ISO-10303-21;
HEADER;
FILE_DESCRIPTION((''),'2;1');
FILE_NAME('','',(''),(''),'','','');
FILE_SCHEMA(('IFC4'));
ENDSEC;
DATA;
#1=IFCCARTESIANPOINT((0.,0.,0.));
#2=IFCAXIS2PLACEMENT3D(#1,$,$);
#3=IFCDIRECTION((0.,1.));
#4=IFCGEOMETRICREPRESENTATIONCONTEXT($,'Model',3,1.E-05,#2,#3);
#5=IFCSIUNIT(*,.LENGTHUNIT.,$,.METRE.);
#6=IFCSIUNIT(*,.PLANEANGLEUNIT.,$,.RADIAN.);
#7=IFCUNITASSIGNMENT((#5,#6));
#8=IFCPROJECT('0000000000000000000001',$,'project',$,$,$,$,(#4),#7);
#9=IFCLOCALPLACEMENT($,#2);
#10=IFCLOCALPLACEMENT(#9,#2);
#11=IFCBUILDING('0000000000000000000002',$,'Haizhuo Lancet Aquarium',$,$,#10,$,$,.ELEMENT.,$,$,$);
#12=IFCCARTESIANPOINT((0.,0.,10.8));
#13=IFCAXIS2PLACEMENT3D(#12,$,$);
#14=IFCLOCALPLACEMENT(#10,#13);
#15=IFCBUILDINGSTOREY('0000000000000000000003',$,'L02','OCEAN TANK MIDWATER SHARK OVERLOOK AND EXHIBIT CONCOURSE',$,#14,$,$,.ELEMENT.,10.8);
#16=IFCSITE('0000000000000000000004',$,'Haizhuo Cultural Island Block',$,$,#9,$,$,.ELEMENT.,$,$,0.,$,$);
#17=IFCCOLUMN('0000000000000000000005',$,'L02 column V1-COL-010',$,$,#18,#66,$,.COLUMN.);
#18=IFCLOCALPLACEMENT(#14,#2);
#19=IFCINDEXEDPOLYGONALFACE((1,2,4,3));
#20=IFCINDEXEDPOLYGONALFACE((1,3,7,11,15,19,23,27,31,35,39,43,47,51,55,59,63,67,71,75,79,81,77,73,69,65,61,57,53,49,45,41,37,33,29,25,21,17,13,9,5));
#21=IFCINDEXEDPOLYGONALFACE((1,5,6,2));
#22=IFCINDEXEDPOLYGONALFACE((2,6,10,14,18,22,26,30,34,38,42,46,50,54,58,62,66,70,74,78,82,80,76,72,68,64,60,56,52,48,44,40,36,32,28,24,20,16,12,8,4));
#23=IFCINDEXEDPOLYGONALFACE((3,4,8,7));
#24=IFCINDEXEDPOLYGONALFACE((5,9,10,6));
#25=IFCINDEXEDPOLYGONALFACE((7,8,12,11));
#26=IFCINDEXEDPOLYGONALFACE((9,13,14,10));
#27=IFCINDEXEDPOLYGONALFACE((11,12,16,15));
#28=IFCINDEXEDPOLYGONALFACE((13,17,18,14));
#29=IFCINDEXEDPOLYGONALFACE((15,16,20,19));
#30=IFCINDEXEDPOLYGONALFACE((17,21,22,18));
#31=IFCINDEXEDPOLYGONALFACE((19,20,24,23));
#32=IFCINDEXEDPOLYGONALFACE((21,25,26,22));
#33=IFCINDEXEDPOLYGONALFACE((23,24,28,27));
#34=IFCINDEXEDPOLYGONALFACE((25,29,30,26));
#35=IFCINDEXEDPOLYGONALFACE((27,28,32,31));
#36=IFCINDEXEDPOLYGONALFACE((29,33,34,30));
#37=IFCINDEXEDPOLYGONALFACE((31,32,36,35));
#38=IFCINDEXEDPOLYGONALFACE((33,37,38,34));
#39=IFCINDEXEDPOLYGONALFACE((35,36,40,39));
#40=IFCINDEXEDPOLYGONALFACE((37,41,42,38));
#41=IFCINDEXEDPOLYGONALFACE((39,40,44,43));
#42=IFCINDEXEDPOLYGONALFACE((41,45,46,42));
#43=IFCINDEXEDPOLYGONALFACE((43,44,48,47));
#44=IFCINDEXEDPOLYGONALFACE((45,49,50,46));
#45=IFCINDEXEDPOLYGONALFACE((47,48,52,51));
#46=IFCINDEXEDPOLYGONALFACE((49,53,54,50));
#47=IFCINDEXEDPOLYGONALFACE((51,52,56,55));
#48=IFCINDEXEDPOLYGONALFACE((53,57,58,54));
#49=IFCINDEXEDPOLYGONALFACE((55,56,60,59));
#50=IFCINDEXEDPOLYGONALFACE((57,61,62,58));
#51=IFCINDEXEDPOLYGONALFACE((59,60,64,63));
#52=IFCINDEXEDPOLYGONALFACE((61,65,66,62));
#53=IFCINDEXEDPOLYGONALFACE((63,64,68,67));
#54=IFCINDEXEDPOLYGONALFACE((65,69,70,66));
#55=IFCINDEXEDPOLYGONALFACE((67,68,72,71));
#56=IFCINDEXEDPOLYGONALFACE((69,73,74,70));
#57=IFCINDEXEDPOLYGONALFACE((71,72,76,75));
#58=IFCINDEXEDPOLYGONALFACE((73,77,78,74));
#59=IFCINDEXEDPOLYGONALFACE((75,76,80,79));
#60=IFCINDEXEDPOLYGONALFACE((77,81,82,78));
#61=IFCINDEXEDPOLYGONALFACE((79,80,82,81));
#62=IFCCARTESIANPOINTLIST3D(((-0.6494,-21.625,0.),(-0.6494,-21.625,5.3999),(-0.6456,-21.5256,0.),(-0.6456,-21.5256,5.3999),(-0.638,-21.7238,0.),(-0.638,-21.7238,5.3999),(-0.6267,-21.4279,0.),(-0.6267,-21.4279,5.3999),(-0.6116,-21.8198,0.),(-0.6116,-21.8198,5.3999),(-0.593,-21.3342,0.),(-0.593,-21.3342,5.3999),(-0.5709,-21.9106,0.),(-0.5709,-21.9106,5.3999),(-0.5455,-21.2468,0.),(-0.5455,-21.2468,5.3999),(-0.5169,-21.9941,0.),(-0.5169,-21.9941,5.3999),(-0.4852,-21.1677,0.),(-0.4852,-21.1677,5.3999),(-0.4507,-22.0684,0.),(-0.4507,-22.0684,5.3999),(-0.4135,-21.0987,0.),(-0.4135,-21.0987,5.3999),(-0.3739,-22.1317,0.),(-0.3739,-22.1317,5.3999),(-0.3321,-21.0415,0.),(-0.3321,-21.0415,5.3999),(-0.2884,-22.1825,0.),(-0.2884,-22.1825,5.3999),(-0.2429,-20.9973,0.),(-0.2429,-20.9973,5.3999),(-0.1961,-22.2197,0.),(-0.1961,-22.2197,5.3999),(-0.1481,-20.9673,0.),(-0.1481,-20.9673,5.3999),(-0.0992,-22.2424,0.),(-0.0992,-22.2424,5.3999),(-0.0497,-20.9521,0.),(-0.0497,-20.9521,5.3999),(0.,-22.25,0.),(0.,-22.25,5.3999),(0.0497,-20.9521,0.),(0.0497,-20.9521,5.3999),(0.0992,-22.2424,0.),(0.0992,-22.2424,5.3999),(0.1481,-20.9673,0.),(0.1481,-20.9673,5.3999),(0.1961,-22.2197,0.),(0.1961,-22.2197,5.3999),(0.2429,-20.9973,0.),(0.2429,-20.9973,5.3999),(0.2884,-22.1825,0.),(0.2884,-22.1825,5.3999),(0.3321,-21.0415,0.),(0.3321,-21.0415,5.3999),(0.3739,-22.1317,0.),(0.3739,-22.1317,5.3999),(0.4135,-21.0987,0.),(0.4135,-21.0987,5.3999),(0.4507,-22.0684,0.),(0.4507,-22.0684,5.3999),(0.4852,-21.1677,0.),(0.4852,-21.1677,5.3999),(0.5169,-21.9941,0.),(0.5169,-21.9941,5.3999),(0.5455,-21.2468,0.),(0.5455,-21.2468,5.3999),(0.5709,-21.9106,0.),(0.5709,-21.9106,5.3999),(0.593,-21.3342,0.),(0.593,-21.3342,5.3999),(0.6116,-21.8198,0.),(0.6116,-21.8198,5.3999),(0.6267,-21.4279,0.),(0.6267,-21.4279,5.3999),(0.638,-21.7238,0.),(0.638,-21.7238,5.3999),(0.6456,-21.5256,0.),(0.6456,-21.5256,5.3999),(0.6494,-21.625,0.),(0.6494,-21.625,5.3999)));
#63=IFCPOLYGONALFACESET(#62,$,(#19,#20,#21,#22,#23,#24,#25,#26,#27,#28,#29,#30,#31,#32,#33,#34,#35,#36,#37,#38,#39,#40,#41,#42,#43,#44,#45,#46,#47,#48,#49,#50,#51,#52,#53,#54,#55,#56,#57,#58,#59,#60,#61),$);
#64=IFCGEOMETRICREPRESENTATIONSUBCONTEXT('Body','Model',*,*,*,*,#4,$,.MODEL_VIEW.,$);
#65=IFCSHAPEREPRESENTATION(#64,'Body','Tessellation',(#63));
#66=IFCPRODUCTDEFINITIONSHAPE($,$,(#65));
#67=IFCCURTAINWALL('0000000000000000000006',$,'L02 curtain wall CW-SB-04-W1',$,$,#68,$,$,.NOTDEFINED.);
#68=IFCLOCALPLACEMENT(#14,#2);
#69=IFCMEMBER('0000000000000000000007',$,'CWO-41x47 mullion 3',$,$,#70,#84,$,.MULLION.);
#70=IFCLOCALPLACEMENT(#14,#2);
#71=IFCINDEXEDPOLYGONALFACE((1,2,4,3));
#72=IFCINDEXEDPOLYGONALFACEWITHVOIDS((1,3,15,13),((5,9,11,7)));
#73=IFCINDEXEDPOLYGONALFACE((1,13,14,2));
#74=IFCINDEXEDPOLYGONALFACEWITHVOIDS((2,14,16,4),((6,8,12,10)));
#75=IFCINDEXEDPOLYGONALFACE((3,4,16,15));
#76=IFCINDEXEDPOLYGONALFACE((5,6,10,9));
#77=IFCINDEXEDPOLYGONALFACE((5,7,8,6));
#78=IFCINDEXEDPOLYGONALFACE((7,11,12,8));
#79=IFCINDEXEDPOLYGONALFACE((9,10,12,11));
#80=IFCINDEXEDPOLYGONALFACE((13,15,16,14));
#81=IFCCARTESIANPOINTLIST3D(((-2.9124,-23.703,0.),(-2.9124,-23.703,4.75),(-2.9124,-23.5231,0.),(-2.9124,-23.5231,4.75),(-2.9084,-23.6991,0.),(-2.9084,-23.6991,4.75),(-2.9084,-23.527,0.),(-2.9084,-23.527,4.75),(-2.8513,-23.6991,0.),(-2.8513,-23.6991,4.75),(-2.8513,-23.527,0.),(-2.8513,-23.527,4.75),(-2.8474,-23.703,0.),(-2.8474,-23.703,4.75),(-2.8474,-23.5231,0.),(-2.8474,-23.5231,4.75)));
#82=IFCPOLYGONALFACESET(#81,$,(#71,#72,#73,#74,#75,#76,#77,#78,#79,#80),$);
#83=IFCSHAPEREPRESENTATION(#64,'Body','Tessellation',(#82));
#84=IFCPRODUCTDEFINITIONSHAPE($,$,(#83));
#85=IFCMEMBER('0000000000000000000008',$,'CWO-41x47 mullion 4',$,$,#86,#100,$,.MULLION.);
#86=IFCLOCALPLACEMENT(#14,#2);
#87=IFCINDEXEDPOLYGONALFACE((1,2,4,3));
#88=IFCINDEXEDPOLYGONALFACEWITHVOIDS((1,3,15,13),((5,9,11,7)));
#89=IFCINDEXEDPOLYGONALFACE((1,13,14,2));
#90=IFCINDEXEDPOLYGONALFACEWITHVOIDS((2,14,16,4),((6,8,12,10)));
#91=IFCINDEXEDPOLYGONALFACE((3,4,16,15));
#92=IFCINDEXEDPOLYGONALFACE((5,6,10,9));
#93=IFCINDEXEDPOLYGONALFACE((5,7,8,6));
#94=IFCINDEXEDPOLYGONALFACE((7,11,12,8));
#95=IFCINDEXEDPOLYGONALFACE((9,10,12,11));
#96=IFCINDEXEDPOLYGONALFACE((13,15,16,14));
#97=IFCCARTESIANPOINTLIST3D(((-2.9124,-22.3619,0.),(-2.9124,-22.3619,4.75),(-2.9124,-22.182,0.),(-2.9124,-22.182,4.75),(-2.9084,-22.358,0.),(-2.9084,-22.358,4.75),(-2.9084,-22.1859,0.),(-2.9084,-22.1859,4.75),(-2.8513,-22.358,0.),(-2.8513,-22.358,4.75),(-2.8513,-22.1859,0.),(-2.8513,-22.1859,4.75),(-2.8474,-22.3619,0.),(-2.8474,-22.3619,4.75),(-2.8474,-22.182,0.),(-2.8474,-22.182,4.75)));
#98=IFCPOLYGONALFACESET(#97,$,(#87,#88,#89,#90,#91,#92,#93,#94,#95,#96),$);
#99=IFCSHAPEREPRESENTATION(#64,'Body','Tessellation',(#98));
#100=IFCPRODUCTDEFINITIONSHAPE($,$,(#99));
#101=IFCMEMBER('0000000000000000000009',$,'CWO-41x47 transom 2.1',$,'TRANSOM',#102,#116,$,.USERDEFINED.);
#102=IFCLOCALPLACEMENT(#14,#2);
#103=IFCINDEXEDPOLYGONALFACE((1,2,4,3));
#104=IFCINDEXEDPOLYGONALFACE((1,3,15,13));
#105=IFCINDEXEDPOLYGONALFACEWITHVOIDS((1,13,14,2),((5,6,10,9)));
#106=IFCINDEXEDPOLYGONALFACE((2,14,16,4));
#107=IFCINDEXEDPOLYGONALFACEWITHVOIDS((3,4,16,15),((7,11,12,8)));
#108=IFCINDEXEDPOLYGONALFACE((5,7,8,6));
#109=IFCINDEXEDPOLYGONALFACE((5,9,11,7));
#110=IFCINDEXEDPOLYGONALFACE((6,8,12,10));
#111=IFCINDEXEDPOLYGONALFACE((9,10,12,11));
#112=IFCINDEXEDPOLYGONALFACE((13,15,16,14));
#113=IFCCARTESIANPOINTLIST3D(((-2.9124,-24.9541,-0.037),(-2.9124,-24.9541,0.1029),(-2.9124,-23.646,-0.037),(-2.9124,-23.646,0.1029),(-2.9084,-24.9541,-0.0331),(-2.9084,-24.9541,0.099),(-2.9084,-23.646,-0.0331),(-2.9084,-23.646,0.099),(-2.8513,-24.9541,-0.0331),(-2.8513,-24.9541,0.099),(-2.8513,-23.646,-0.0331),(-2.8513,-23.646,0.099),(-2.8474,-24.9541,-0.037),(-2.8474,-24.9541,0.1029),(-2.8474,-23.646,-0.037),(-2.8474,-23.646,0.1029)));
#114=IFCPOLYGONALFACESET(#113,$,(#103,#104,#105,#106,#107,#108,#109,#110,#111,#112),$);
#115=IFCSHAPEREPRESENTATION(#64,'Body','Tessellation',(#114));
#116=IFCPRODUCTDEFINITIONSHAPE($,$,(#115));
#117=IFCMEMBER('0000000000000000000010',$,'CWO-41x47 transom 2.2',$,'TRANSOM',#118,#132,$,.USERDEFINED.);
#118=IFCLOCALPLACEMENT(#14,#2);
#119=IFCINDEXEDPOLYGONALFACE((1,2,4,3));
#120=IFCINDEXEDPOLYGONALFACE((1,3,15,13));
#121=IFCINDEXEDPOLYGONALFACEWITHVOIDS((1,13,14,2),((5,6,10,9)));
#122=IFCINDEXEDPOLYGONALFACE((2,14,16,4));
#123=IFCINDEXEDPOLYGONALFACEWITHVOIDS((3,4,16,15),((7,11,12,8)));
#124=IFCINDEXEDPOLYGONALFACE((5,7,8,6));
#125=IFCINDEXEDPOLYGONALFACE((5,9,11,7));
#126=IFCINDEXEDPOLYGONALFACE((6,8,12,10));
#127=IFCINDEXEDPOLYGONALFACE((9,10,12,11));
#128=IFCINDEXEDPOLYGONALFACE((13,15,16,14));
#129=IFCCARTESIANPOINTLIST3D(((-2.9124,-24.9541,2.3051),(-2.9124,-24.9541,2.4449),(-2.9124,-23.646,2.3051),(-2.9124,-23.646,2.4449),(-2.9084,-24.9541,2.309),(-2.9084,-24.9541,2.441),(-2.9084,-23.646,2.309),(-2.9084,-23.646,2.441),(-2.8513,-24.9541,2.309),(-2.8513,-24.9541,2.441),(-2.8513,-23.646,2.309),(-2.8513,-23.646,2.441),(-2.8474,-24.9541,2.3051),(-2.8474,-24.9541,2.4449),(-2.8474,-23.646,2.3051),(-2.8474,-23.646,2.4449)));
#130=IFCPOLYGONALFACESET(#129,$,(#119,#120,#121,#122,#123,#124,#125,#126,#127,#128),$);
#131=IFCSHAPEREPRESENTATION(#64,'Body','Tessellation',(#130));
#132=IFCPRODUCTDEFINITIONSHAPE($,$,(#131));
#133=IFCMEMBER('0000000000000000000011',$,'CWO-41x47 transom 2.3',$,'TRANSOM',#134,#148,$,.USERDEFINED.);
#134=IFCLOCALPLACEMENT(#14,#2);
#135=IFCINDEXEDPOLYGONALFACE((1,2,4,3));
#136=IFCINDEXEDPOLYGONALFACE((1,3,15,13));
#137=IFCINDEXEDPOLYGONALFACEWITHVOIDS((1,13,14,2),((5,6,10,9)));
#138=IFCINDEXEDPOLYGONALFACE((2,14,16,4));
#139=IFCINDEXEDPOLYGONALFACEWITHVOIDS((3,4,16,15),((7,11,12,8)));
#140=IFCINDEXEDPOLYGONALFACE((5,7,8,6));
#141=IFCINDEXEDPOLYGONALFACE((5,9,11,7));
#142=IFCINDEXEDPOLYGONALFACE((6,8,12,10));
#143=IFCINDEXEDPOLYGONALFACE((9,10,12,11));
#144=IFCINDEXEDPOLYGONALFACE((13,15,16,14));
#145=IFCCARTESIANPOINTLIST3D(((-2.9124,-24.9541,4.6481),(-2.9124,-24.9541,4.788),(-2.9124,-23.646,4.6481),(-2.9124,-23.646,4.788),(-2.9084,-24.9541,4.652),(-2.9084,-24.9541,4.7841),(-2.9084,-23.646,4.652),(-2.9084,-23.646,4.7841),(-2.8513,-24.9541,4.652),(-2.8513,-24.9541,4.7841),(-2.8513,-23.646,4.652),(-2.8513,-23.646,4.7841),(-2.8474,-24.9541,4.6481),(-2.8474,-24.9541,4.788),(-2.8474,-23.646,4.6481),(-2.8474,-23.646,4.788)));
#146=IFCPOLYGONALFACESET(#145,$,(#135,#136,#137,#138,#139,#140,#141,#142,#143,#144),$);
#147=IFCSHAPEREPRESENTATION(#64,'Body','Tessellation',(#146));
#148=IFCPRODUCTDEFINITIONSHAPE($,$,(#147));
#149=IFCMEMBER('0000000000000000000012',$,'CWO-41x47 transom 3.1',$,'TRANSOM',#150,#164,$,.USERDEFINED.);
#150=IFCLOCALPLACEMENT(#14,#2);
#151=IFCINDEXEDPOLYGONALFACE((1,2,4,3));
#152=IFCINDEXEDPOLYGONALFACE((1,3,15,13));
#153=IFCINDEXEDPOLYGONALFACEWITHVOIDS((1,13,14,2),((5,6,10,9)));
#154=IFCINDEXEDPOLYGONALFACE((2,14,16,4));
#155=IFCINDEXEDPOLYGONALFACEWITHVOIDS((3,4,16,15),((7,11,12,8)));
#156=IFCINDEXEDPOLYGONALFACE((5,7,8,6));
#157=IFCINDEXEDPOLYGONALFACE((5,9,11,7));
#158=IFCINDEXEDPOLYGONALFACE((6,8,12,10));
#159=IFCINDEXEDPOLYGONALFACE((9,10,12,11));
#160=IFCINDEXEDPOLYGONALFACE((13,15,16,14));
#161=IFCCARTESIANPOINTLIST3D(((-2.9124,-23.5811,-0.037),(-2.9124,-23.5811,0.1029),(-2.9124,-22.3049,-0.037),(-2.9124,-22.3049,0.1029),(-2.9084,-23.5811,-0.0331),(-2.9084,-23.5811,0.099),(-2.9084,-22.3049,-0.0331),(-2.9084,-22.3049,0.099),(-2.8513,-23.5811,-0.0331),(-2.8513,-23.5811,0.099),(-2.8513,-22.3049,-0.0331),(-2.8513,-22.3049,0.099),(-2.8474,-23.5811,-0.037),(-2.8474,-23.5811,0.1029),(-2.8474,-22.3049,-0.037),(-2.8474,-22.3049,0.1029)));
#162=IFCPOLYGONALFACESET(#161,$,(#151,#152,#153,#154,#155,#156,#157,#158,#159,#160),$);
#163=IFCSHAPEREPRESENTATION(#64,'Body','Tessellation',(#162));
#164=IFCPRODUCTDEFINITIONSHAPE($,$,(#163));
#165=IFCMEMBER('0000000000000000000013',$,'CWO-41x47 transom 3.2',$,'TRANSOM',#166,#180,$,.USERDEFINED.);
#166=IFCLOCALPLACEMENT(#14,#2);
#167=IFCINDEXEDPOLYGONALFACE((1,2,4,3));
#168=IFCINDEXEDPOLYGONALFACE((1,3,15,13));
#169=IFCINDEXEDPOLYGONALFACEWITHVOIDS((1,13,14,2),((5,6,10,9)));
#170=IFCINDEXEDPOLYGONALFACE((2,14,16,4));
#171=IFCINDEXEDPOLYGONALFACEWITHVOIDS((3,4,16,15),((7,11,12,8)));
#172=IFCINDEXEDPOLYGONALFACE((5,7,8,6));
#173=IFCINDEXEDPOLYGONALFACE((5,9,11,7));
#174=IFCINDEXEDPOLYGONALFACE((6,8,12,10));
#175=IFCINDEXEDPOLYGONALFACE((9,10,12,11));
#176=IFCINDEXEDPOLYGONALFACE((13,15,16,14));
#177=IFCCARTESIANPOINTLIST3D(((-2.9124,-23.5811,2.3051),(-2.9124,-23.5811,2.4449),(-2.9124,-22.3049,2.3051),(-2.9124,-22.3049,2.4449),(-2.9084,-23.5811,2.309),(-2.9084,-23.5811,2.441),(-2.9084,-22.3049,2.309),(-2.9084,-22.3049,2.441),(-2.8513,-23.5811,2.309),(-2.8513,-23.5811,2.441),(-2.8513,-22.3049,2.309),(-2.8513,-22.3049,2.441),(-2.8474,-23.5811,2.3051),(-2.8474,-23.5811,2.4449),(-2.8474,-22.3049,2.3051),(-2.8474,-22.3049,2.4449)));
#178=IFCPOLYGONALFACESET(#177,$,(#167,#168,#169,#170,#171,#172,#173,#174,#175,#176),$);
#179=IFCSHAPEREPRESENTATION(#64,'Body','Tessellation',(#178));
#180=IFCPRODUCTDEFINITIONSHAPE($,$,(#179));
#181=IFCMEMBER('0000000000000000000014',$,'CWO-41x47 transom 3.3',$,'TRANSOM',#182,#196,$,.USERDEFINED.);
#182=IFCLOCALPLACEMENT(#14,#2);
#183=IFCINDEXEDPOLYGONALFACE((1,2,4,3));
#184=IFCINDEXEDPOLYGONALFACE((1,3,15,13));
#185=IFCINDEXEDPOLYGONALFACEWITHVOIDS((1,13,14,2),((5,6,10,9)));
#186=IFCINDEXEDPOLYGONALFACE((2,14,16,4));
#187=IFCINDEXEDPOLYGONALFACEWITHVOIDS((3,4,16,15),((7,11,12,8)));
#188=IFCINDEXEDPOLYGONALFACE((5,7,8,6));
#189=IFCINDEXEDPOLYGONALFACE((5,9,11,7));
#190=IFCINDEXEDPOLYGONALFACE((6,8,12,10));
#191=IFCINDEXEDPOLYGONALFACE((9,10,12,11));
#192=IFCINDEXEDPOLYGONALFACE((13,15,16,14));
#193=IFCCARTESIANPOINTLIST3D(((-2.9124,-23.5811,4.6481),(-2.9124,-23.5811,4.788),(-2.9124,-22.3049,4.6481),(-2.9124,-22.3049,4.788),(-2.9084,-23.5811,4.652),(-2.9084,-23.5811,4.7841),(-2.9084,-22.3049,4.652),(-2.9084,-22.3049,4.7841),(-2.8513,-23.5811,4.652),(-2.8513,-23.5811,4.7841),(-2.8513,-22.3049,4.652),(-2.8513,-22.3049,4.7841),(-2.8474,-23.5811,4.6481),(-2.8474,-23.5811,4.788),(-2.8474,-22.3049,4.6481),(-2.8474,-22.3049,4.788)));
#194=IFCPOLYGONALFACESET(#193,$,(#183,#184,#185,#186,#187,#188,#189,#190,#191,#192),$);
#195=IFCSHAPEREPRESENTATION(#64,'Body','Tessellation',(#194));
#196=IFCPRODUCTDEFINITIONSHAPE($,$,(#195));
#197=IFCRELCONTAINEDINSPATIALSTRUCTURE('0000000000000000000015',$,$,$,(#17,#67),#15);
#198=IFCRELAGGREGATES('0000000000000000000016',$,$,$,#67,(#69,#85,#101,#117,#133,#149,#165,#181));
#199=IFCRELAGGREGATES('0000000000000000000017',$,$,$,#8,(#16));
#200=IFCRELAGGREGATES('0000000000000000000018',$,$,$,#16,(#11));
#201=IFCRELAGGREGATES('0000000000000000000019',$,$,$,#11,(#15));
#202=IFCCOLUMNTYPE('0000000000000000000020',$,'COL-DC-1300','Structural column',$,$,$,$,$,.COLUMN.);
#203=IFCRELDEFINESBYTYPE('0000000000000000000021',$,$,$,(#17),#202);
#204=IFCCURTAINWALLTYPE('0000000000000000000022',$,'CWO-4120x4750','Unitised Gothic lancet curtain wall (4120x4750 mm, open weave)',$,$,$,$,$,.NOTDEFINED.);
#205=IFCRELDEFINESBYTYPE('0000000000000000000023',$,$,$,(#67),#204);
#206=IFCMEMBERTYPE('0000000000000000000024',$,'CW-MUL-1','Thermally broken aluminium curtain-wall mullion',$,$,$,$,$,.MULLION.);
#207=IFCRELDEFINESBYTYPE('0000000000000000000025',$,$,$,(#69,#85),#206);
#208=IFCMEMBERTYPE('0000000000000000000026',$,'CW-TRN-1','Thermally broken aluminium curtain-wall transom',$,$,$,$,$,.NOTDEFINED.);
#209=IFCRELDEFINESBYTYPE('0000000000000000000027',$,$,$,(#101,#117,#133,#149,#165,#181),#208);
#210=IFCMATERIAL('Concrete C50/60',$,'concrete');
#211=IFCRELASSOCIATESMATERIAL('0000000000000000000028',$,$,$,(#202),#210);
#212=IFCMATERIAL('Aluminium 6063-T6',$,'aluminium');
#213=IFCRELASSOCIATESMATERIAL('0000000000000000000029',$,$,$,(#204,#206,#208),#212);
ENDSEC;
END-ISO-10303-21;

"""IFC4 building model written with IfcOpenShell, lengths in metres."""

from ifc_helpers import new_model, si_unit, direction, frame, origin, origin_2d, place, context, subcontext, project, spatial, hollow_rectangle, circle, extrude, material, material_profile, profile_set, type_object, element, aggregate, save


model = new_model("IFC4")

# Units and contexts
model_context = context("Model", 3, precision=1e-05, world=origin(), true_north=direction((0.0, 1.0)))
body_context = subcontext(model_context, "Body", "Model", "MODEL_VIEW")
ifc_project = project(units=[si_unit("LENGTHUNIT", "METRE"), si_unit("PLANEANGLEUNIT", "RADIAN")], contexts=[model_context])

# Site, building, storey
site_placement = place(None, origin())
site = spatial("IfcSite", under=ifc_project, at=site_placement, Name="Haizhuo Cultural Island Block", CompositionType="ELEMENT", RefElevation=0.0)
building_placement = place(site_placement, origin())
building = spatial("IfcBuilding", under=site, at=building_placement, Name="Haizhuo Lancet Aquarium", CompositionType="ELEMENT")
storey_placement = place(building_placement, frame((0.0, 0.0, 10.8)))
storey = spatial("IfcBuildingStorey", under=building, at=storey_placement, Name="L02", Description="OCEAN TANK MIDWATER SHARK OVERLOOK AND EXHIBIT CONCOURSE", CompositionType="ELEMENT", Elevation=10.8)

# Column
ifc_material_1 = material(Name="Concrete C50/60", Category="concrete")
ifc_material_profile_1 = material_profile(ifc_material_1, circle(Radius=0.6499, at=origin_2d()), Name="RC-DC 1300")
ifc_profile_set_1 = profile_set([ifc_material_profile_1], Name="Concrete C50/60")
column_type = type_object("IfcColumnType", Name="COL-DC-1300", Description="Structural column", PredefinedType="COLUMN", material=ifc_profile_set_1)
column_placement = place(storey_placement, frame((0.0, -21.6001, 0.0), z_axis=(0.0, 0.0, 1.0), x_axis=(0.0, -1.0, 0.0)))
element("IfcColumn", 1, at=column_placement, inside=storey, type_object=column_type, Name="L02 column V1-COL-010", PredefinedType="COLUMN", context=body_context, shape_type="SweptSolid", body=[
    extrude(circle(Radius=0.6499, at=origin_2d()), origin(), (0.0, 0.0, 1.0), 5.3999),
])

# Curtain wall, members
ifc_material_2 = material(Name="Aluminium 6063-T6", Category="aluminium")
curtain_wall_type = type_object("IfcCurtainWallType", Name="CWO-4120x4750", Description="Unitised Gothic lancet curtain wall (4120x4750 mm, open weave)", PredefinedType="NOTDEFINED", material=ifc_material_2)
curtain_wall_1_placement = place(storey_placement, origin())
curtain_wall_1 = element("IfcCurtainWall", 2, at=curtain_wall_1_placement, inside=storey, type_object=curtain_wall_type, Name="L02 curtain wall CW-SB-04-W1", PredefinedType="NOTDEFINED")
ifc_material_profile_2 = material_profile(ifc_material_2, hollow_rectangle(XDim=0.0649, YDim=0.1799, WallThickness=0.0039, at=origin_2d()), Name="ALU-M 65x180x4")
ifc_profile_set_2 = profile_set([ifc_material_profile_2], Name="Aluminium 6063-T6")
member_type_1 = type_object("IfcMemberType", Name="CW-MUL-1", Description="Thermally broken aluminium curtain-wall mullion", PredefinedType="MULLION", material=ifc_profile_set_2)
member_1_placement = place(storey_placement, frame((-2.8799, -23.613, 0.0), z_axis=(0.0, 0.0, 1.0), x_axis=(-1.0, 0.0, 0.0)))
member_1 = element("IfcMember", 3, at=member_1_placement, type_object=member_type_1, Name="CWO-41x47 mullion 3", PredefinedType="MULLION", context=body_context, shape_type="SweptSolid", body=[
    extrude(hollow_rectangle(XDim=0.0649, YDim=0.1799, WallThickness=0.0039, at=origin_2d()), origin(), (0.0, 0.0, 1.0), 4.75),
])
member_2_placement = place(storey_placement, frame((-2.8799, -22.272, 0.0), z_axis=(0.0, 0.0, 1.0), x_axis=(-1.0, 0.0, 0.0)))
member_2 = element("IfcMember", 4, at=member_2_placement, type_object=member_type_1, Name="CWO-41x47 mullion 4", PredefinedType="MULLION", context=body_context, shape_type="SweptSolid", body=[
    extrude(hollow_rectangle(XDim=0.0649, YDim=0.1799, WallThickness=0.0039, at=origin_2d()), origin(), (0.0, 0.0, 1.0), 4.75),
])
ifc_material_profile_3 = material_profile(ifc_material_2, hollow_rectangle(XDim=0.0649, YDim=0.1399, WallThickness=0.0039, at=origin_2d()), Name="ALU-T 65x140x4")
ifc_profile_set_3 = profile_set([ifc_material_profile_3], Name="Aluminium 6063-T6")
member_type_2 = type_object("IfcMemberType", Name="CW-TRN-1", Description="Thermally broken aluminium curtain-wall transom", PredefinedType="NOTDEFINED", material=ifc_profile_set_3)
member_3_placement = place(storey_placement, frame((-2.8799, -24.9541, 0.033), z_axis=(0.0, 1.0, 0.0), x_axis=(-1.0, 0.0, 0.0)))
member_3 = element("IfcMember", 5, at=member_3_placement, type_object=member_type_2, Name="CWO-41x47 transom 2.1", ObjectType="TRANSOM", PredefinedType="USERDEFINED", context=body_context, shape_type="SweptSolid", body=[
    extrude(hollow_rectangle(XDim=0.0649, YDim=0.1399, WallThickness=0.0039, at=origin_2d()), origin(), (0.0, 0.0, 1.0), 1.3081),
])
member_4_placement = place(storey_placement, frame((-2.8799, -24.9541, 2.375), z_axis=(0.0, 1.0, 0.0), x_axis=(-1.0, 0.0, 0.0)))
member_4 = element("IfcMember", 6, at=member_4_placement, type_object=member_type_2, Name="CWO-41x47 transom 2.2", ObjectType="TRANSOM", PredefinedType="USERDEFINED", context=body_context, shape_type="SweptSolid", body=[
    extrude(hollow_rectangle(XDim=0.0649, YDim=0.1399, WallThickness=0.0039, at=origin_2d()), origin(), (0.0, 0.0, 1.0), 1.3081),
])
member_5_placement = place(storey_placement, frame((-2.8799, -24.9541, 4.718), z_axis=(0.0, 1.0, 0.0), x_axis=(-1.0, 0.0, 0.0)))
member_5 = element("IfcMember", 7, at=member_5_placement, type_object=member_type_2, Name="CWO-41x47 transom 2.3", ObjectType="TRANSOM", PredefinedType="USERDEFINED", context=body_context, shape_type="SweptSolid", body=[
    extrude(hollow_rectangle(XDim=0.0649, YDim=0.1399, WallThickness=0.0039, at=origin_2d()), origin(), (0.0, 0.0, 1.0), 1.3081),
])
member_6_placement = place(storey_placement, frame((-2.8799, -23.5811, 0.033), z_axis=(0.0, 1.0, 0.0), x_axis=(-1.0, 0.0, 0.0)))
member_6 = element("IfcMember", 8, at=member_6_placement, type_object=member_type_2, Name="CWO-41x47 transom 3.1", ObjectType="TRANSOM", PredefinedType="USERDEFINED", context=body_context, shape_type="SweptSolid", body=[
    extrude(hollow_rectangle(XDim=0.0649, YDim=0.1399, WallThickness=0.0039, at=origin_2d()), origin(), (0.0, 0.0, 1.0), 1.2761),
])
member_7_placement = place(storey_placement, frame((-2.8799, -23.5811, 2.375), z_axis=(0.0, 1.0, 0.0), x_axis=(-1.0, 0.0, 0.0)))
member_7 = element("IfcMember", 9, at=member_7_placement, type_object=member_type_2, Name="CWO-41x47 transom 3.2", ObjectType="TRANSOM", PredefinedType="USERDEFINED", context=body_context, shape_type="SweptSolid", body=[
    extrude(hollow_rectangle(XDim=0.0649, YDim=0.1399, WallThickness=0.0039, at=origin_2d()), origin(), (0.0, 0.0, 1.0), 1.2761),
])
member_8_placement = place(storey_placement, frame((-2.8799, -23.5811, 4.718), z_axis=(0.0, 1.0, 0.0), x_axis=(-1.0, 0.0, 0.0)))
member_8 = element("IfcMember", 10, at=member_8_placement, type_object=member_type_2, Name="CWO-41x47 transom 3.3", ObjectType="TRANSOM", PredefinedType="USERDEFINED", context=body_context, shape_type="SweptSolid", body=[
    extrude(hollow_rectangle(XDim=0.0649, YDim=0.1399, WallThickness=0.0039, at=origin_2d()), origin(), (0.0, 0.0, 1.0), 1.2761),
])

aggregate(curtain_wall_1, [member_1, member_2, member_3, member_4, member_5, member_6, member_7, member_8])

save(model, "model.ifc")
